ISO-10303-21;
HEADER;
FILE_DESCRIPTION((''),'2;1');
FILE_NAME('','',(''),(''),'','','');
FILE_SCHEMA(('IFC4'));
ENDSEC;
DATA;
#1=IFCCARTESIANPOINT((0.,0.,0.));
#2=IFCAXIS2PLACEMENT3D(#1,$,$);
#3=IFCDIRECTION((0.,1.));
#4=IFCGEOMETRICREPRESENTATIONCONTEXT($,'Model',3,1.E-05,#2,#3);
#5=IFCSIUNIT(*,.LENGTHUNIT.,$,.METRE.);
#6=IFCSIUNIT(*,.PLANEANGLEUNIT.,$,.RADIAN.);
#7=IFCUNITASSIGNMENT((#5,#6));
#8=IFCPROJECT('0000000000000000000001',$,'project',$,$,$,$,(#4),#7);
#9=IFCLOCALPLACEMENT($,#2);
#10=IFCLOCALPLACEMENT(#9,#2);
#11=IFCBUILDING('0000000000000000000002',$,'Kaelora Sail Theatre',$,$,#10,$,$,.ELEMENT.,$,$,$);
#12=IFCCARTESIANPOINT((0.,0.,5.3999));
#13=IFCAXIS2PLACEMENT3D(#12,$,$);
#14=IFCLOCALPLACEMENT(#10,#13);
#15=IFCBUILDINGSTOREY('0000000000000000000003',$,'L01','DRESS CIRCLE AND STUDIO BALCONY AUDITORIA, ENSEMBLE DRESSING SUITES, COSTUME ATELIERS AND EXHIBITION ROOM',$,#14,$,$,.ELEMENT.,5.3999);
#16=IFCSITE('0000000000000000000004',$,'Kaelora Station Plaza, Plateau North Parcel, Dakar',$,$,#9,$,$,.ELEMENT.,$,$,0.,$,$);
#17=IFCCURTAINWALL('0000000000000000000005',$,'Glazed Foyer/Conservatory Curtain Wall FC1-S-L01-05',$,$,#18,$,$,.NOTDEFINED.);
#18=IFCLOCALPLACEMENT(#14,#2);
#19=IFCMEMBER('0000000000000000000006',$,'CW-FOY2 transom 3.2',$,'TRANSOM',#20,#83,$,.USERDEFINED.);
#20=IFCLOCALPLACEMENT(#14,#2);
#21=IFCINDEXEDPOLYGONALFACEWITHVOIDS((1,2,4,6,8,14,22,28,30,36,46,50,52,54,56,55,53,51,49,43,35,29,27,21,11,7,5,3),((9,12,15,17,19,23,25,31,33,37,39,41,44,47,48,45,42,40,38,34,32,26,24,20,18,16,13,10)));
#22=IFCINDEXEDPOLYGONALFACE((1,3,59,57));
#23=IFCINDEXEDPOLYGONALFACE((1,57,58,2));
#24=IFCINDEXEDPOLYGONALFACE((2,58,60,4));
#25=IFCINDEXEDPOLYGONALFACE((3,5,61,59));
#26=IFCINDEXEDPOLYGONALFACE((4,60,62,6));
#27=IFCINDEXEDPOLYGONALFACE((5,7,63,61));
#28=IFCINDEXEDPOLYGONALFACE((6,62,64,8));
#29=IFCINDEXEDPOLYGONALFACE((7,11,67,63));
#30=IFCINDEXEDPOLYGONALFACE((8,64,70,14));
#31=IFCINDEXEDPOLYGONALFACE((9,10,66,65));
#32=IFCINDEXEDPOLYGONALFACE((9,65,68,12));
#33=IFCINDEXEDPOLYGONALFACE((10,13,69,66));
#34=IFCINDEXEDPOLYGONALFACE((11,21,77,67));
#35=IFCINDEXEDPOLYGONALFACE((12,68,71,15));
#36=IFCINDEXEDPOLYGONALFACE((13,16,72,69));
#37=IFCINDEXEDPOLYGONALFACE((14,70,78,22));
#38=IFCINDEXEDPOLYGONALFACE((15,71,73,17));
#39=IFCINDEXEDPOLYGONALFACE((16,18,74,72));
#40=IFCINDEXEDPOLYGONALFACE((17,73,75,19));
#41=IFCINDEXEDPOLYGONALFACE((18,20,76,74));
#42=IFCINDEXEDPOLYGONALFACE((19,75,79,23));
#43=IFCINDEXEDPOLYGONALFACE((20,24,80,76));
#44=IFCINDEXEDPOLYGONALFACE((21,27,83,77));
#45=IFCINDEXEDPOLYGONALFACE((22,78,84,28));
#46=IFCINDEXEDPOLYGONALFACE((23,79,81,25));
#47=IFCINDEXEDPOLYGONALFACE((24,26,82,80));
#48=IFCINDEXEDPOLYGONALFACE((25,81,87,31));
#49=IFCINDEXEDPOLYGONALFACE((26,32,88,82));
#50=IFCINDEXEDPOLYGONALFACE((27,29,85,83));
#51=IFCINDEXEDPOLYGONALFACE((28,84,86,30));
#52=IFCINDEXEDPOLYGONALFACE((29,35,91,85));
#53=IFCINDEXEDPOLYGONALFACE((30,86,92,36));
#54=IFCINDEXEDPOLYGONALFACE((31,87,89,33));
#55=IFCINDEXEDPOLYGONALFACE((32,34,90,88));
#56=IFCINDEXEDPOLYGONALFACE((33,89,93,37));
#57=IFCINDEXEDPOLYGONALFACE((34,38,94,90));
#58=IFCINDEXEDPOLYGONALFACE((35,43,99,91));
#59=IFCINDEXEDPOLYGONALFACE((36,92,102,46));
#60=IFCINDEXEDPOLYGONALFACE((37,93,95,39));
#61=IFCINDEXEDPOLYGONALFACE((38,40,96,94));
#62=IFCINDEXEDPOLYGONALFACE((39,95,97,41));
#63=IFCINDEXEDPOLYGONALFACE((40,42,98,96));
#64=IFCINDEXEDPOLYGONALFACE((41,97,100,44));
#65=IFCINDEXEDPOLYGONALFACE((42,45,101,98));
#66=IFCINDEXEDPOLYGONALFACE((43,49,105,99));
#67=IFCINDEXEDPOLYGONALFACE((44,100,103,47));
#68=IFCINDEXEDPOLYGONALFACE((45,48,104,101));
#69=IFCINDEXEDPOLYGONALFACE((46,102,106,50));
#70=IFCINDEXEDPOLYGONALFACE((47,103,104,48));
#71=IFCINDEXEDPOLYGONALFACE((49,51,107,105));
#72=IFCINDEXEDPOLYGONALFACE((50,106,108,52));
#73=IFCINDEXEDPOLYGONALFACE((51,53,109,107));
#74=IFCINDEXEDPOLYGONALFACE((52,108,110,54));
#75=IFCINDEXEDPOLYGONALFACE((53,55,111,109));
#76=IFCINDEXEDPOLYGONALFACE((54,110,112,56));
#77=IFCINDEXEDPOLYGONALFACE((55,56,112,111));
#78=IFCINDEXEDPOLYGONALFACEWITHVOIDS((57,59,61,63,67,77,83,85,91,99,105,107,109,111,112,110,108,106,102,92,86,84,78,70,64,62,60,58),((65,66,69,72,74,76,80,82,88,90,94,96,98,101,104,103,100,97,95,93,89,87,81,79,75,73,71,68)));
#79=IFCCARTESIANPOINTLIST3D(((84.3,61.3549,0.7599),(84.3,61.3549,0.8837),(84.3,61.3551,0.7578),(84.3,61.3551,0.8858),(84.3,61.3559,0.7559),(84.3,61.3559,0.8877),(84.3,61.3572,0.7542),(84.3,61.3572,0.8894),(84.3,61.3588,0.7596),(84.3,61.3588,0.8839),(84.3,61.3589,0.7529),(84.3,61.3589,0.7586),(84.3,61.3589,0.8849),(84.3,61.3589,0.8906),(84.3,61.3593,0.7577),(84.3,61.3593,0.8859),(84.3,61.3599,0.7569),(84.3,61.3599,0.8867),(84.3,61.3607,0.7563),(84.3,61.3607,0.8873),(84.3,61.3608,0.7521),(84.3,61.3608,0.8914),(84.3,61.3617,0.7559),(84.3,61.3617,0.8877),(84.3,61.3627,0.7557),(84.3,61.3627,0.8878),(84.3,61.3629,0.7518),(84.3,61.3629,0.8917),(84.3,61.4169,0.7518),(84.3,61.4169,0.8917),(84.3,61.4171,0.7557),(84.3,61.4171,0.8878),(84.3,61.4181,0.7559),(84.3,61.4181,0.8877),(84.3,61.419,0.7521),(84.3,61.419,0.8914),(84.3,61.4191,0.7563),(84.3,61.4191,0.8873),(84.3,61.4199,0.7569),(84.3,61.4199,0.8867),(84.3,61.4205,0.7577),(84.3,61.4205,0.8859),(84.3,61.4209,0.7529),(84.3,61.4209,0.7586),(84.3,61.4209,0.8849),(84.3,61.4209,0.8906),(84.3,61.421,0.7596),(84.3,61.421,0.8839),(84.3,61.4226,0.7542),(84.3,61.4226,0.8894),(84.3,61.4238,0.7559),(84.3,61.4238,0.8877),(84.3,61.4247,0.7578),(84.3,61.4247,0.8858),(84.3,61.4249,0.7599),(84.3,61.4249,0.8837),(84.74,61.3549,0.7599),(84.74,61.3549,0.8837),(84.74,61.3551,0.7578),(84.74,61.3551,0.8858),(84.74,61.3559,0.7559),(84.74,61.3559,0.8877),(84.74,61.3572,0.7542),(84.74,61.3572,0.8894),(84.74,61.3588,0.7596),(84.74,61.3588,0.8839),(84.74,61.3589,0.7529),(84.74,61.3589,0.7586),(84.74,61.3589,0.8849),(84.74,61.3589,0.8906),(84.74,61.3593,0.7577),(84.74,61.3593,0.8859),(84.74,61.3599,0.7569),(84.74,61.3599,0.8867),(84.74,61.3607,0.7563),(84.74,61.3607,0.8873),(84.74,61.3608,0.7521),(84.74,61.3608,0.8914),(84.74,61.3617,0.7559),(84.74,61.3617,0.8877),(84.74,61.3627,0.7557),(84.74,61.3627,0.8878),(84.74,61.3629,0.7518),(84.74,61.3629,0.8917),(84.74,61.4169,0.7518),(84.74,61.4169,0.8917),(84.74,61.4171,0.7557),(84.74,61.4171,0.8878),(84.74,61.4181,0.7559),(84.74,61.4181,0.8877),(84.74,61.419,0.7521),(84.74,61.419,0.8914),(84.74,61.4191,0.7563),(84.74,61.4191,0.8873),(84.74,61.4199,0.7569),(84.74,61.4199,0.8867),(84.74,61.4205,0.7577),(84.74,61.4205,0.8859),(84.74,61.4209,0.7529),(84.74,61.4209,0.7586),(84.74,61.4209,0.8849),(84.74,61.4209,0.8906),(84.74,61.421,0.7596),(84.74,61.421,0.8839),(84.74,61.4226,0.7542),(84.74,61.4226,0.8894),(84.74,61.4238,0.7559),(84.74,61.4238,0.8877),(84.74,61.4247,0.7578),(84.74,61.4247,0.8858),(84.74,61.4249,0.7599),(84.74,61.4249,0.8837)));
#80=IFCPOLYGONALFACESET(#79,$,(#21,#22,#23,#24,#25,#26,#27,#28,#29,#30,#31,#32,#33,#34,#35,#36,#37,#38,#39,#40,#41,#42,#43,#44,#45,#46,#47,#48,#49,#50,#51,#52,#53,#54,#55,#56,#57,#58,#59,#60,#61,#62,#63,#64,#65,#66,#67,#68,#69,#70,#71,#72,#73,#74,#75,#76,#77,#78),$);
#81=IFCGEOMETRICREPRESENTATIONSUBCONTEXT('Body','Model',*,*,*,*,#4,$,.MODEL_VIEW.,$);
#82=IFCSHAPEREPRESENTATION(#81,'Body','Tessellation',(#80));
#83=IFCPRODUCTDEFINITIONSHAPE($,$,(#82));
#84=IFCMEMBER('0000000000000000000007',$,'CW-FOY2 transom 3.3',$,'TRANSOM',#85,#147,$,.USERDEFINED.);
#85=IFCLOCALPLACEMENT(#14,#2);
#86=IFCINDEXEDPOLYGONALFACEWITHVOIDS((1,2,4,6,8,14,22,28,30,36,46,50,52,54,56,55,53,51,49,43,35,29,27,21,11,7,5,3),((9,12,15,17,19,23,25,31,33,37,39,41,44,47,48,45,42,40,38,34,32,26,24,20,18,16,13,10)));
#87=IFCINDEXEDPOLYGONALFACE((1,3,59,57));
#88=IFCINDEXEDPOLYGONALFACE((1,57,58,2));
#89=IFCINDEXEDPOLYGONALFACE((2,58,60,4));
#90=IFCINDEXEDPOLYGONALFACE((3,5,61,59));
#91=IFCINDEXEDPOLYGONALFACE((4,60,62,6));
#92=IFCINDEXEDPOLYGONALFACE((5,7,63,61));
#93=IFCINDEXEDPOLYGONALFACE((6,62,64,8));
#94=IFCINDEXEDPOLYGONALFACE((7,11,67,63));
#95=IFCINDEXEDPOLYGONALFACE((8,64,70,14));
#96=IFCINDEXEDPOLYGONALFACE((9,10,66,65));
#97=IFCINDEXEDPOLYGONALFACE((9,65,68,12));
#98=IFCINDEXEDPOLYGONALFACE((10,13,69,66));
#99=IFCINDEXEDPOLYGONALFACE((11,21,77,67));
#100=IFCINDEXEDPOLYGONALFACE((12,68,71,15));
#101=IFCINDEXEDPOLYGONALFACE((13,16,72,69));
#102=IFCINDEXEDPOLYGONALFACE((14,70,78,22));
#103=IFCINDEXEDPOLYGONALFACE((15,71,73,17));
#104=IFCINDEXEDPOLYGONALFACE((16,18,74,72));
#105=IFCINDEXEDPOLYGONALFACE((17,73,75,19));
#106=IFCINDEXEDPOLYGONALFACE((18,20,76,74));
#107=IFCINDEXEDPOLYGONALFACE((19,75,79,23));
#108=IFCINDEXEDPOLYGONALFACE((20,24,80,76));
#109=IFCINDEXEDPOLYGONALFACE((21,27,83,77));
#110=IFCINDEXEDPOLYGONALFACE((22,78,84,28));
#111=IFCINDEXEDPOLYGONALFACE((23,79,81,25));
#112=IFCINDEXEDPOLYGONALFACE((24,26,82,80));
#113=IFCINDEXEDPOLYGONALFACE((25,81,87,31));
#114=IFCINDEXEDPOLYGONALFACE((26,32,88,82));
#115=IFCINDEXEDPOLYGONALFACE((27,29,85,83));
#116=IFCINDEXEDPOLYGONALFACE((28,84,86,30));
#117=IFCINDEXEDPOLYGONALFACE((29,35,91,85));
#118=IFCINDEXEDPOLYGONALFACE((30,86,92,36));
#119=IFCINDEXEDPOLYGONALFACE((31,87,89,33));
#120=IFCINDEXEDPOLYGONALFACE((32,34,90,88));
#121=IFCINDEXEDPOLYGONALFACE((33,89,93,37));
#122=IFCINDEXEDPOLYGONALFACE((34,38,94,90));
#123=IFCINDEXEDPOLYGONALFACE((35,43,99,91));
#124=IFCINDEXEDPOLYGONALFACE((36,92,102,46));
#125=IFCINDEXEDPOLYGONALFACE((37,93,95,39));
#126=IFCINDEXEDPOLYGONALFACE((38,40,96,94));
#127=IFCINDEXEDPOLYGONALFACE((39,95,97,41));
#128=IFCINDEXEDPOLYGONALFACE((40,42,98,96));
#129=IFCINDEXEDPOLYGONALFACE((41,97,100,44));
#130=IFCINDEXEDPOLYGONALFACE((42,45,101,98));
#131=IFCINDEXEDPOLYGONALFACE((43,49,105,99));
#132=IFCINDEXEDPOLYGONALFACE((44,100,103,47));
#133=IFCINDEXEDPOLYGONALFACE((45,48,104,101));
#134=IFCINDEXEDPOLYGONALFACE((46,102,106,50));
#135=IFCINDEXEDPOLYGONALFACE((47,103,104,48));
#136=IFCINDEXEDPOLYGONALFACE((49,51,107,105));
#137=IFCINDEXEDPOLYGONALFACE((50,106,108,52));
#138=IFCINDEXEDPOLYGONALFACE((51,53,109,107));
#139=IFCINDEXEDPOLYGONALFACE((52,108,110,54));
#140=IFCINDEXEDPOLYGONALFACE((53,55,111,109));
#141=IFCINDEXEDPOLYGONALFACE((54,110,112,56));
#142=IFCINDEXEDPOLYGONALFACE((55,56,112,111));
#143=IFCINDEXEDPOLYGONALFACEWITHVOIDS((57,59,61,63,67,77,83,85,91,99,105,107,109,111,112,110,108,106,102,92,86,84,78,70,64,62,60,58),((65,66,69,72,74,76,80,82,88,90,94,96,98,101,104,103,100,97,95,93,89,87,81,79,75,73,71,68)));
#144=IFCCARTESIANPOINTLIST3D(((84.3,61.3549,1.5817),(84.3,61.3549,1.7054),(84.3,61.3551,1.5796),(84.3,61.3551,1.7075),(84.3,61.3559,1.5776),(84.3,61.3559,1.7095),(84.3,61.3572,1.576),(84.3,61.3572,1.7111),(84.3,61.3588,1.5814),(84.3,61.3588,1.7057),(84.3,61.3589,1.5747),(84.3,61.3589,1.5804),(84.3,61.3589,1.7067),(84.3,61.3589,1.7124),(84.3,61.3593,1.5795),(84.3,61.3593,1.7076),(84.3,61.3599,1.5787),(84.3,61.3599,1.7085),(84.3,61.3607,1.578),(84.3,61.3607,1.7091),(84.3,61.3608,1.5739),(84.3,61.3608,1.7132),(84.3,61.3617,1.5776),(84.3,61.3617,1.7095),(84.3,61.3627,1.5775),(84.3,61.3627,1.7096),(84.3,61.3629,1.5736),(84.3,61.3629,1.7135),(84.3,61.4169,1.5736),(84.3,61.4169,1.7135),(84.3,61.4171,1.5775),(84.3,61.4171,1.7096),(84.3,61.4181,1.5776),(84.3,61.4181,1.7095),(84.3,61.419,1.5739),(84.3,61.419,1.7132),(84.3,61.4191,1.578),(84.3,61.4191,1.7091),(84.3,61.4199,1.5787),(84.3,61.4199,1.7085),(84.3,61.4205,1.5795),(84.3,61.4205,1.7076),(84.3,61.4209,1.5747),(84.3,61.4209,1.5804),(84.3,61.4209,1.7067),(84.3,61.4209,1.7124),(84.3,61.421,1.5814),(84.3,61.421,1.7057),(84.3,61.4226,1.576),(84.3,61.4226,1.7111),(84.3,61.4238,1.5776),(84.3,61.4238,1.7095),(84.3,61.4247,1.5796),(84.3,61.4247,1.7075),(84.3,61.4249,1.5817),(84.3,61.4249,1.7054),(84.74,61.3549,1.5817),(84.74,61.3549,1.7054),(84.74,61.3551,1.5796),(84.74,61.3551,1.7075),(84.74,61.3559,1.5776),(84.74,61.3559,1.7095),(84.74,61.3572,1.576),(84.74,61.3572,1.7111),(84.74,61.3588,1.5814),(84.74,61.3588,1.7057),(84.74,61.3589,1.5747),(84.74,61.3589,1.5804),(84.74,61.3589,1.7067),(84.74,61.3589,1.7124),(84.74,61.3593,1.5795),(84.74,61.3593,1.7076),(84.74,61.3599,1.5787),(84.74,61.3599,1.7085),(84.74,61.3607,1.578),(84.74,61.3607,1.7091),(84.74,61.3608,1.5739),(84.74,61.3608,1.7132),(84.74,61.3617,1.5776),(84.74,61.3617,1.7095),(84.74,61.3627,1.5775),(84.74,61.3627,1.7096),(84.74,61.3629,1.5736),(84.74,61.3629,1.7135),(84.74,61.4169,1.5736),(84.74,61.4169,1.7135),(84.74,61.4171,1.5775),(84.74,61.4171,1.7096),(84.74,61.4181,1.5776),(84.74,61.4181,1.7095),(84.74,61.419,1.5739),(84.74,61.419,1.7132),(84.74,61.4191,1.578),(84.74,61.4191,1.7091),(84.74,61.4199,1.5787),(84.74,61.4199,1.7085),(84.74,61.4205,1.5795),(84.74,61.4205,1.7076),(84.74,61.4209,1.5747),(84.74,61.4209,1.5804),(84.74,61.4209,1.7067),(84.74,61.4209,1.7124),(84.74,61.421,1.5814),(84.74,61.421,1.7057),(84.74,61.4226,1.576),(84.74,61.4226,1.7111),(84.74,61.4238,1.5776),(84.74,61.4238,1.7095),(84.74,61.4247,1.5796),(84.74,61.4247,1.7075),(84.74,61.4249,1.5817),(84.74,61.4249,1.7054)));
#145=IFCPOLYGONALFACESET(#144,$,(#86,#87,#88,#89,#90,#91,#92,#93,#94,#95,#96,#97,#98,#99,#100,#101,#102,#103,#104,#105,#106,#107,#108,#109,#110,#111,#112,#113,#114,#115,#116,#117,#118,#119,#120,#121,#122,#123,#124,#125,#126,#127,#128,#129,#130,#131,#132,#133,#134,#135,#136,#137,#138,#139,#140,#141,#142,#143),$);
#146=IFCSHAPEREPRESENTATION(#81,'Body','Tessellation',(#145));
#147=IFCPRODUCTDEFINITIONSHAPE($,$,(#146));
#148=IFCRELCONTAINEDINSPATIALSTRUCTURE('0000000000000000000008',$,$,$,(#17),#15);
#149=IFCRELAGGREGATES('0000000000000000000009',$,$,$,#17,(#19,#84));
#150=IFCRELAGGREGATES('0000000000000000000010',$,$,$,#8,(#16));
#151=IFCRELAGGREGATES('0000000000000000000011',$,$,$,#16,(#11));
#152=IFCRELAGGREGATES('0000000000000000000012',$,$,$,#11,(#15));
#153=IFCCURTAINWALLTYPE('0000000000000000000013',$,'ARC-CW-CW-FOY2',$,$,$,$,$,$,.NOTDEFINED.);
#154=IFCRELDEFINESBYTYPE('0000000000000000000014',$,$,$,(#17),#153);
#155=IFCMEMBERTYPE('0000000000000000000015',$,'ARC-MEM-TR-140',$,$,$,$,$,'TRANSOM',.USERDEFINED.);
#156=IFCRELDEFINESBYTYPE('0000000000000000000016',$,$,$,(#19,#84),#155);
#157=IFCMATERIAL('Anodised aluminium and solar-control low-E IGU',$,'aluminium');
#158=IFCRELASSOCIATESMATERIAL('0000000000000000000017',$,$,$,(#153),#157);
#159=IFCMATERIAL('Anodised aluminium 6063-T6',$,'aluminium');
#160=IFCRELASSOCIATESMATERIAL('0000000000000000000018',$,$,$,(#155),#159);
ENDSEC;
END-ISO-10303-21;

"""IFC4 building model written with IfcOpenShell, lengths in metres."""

from ifc_helpers import new_model, si_unit, direction, frame, origin, origin_2d, place, context, subcontext, project, spatial, hollow_rectangle, extrude, material, material_profile, profile_set, type_object, element, aggregate, save


model = new_model("IFC4")

# Units and contexts
model_context = context("Model", 3, precision=1e-05, world=origin(), true_north=direction((0.0, 1.0)))
body_context = subcontext(model_context, "Body", "Model", "MODEL_VIEW")
ifc_project = project(units=[si_unit("LENGTHUNIT", "METRE"), si_unit("PLANEANGLEUNIT", "RADIAN")], contexts=[model_context])

# Site, building, storey
site_placement = place(None, origin())
site = spatial("IfcSite", under=ifc_project, at=site_placement, Name="Kaelora Station Plaza, Plateau North Parcel, Dakar", CompositionType="ELEMENT", RefElevation=0.0)
building_placement = place(site_placement, origin())
building = spatial("IfcBuilding", under=site, at=building_placement, Name="Kaelora Sail Theatre", CompositionType="ELEMENT")
storey_placement = place(building_placement, frame((0.0, 0.0, 5.3999)))
storey = spatial("IfcBuildingStorey", under=building, at=storey_placement, Name="L01", Description="DRESS CIRCLE AND STUDIO BALCONY AUDITORIA, ENSEMBLE DRESSING SUITES, COSTUME ATELIERS AND EXHIBITION ROOM", CompositionType="ELEMENT", Elevation=5.3999)

# Curtain wall
ifc_material_1 = material(Name="Anodised aluminium and solar-control low-E IGU", Category="aluminium")
curtain_wall_type = type_object("IfcCurtainWallType", Name="ARC-CW-CW-FOY2", PredefinedType="NOTDEFINED", material=ifc_material_1)
curtain_wall_1_placement = place(storey_placement, origin())
curtain_wall_1 = element("IfcCurtainWall", 1, at=curtain_wall_1_placement, inside=storey, type_object=curtain_wall_type, Name="Glazed Foyer/Conservatory Curtain Wall FC1-S-L01-05", PredefinedType="NOTDEFINED")

# Members
ifc_material_2 = material(Name="Anodised aluminium 6063-T6", Category="aluminium")
ifc_material_profile_1 = material_profile(ifc_material_2, hollow_rectangle(XDim=0.0701, YDim=0.1399, WallThickness=0.0039, InnerFilletRadius=0.0039, OuterFilletRadius=0.0081, at=origin_2d()), Name="ALU-TRAN 70x140x4")
ifc_profile_set_1 = profile_set([ifc_material_profile_1], Name="Anodised aluminium 6063-T6")
member_type_1 = type_object("IfcMemberType", Name="ARC-MEM-TR-140", ElementType="TRANSOM", PredefinedType="USERDEFINED", material=ifc_profile_set_1)
member_1_placement = place(storey_placement, frame((84.3, 61.3899, 0.8218), z_axis=(1.0, 0.0, 0.0), x_axis=(0.0, 1.0, 0.0)))
member_1 = element("IfcMember", 2, at=member_1_placement, type_object=member_type_1, Name="CW-FOY2 transom 3.2", ObjectType="TRANSOM", PredefinedType="USERDEFINED", context=body_context, shape_type="SweptSolid", body=[
    extrude(hollow_rectangle(XDim=0.0701, YDim=0.1399, WallThickness=0.0039, InnerFilletRadius=0.0039, OuterFilletRadius=0.0081, at=origin_2d()), origin(), (0.0, 0.0, 1.0), 0.4399),
])
member_2_placement = place(storey_placement, frame((84.3, 61.3899, 1.6436), z_axis=(1.0, 0.0, 0.0), x_axis=(0.0, 1.0, 0.0)))
member_2 = element("IfcMember", 3, at=member_2_placement, type_object=member_type_1, Name="CW-FOY2 transom 3.3", ObjectType="TRANSOM", PredefinedType="USERDEFINED", context=body_context, shape_type="SweptSolid", body=[
    extrude(hollow_rectangle(XDim=0.0701, YDim=0.1399, WallThickness=0.0039, InnerFilletRadius=0.0039, OuterFilletRadius=0.0081, at=origin_2d()), origin(), (0.0, 0.0, 1.0), 0.4399),
])

aggregate(curtain_wall_1, [member_1, member_2])

save(model, "model.ifc")
